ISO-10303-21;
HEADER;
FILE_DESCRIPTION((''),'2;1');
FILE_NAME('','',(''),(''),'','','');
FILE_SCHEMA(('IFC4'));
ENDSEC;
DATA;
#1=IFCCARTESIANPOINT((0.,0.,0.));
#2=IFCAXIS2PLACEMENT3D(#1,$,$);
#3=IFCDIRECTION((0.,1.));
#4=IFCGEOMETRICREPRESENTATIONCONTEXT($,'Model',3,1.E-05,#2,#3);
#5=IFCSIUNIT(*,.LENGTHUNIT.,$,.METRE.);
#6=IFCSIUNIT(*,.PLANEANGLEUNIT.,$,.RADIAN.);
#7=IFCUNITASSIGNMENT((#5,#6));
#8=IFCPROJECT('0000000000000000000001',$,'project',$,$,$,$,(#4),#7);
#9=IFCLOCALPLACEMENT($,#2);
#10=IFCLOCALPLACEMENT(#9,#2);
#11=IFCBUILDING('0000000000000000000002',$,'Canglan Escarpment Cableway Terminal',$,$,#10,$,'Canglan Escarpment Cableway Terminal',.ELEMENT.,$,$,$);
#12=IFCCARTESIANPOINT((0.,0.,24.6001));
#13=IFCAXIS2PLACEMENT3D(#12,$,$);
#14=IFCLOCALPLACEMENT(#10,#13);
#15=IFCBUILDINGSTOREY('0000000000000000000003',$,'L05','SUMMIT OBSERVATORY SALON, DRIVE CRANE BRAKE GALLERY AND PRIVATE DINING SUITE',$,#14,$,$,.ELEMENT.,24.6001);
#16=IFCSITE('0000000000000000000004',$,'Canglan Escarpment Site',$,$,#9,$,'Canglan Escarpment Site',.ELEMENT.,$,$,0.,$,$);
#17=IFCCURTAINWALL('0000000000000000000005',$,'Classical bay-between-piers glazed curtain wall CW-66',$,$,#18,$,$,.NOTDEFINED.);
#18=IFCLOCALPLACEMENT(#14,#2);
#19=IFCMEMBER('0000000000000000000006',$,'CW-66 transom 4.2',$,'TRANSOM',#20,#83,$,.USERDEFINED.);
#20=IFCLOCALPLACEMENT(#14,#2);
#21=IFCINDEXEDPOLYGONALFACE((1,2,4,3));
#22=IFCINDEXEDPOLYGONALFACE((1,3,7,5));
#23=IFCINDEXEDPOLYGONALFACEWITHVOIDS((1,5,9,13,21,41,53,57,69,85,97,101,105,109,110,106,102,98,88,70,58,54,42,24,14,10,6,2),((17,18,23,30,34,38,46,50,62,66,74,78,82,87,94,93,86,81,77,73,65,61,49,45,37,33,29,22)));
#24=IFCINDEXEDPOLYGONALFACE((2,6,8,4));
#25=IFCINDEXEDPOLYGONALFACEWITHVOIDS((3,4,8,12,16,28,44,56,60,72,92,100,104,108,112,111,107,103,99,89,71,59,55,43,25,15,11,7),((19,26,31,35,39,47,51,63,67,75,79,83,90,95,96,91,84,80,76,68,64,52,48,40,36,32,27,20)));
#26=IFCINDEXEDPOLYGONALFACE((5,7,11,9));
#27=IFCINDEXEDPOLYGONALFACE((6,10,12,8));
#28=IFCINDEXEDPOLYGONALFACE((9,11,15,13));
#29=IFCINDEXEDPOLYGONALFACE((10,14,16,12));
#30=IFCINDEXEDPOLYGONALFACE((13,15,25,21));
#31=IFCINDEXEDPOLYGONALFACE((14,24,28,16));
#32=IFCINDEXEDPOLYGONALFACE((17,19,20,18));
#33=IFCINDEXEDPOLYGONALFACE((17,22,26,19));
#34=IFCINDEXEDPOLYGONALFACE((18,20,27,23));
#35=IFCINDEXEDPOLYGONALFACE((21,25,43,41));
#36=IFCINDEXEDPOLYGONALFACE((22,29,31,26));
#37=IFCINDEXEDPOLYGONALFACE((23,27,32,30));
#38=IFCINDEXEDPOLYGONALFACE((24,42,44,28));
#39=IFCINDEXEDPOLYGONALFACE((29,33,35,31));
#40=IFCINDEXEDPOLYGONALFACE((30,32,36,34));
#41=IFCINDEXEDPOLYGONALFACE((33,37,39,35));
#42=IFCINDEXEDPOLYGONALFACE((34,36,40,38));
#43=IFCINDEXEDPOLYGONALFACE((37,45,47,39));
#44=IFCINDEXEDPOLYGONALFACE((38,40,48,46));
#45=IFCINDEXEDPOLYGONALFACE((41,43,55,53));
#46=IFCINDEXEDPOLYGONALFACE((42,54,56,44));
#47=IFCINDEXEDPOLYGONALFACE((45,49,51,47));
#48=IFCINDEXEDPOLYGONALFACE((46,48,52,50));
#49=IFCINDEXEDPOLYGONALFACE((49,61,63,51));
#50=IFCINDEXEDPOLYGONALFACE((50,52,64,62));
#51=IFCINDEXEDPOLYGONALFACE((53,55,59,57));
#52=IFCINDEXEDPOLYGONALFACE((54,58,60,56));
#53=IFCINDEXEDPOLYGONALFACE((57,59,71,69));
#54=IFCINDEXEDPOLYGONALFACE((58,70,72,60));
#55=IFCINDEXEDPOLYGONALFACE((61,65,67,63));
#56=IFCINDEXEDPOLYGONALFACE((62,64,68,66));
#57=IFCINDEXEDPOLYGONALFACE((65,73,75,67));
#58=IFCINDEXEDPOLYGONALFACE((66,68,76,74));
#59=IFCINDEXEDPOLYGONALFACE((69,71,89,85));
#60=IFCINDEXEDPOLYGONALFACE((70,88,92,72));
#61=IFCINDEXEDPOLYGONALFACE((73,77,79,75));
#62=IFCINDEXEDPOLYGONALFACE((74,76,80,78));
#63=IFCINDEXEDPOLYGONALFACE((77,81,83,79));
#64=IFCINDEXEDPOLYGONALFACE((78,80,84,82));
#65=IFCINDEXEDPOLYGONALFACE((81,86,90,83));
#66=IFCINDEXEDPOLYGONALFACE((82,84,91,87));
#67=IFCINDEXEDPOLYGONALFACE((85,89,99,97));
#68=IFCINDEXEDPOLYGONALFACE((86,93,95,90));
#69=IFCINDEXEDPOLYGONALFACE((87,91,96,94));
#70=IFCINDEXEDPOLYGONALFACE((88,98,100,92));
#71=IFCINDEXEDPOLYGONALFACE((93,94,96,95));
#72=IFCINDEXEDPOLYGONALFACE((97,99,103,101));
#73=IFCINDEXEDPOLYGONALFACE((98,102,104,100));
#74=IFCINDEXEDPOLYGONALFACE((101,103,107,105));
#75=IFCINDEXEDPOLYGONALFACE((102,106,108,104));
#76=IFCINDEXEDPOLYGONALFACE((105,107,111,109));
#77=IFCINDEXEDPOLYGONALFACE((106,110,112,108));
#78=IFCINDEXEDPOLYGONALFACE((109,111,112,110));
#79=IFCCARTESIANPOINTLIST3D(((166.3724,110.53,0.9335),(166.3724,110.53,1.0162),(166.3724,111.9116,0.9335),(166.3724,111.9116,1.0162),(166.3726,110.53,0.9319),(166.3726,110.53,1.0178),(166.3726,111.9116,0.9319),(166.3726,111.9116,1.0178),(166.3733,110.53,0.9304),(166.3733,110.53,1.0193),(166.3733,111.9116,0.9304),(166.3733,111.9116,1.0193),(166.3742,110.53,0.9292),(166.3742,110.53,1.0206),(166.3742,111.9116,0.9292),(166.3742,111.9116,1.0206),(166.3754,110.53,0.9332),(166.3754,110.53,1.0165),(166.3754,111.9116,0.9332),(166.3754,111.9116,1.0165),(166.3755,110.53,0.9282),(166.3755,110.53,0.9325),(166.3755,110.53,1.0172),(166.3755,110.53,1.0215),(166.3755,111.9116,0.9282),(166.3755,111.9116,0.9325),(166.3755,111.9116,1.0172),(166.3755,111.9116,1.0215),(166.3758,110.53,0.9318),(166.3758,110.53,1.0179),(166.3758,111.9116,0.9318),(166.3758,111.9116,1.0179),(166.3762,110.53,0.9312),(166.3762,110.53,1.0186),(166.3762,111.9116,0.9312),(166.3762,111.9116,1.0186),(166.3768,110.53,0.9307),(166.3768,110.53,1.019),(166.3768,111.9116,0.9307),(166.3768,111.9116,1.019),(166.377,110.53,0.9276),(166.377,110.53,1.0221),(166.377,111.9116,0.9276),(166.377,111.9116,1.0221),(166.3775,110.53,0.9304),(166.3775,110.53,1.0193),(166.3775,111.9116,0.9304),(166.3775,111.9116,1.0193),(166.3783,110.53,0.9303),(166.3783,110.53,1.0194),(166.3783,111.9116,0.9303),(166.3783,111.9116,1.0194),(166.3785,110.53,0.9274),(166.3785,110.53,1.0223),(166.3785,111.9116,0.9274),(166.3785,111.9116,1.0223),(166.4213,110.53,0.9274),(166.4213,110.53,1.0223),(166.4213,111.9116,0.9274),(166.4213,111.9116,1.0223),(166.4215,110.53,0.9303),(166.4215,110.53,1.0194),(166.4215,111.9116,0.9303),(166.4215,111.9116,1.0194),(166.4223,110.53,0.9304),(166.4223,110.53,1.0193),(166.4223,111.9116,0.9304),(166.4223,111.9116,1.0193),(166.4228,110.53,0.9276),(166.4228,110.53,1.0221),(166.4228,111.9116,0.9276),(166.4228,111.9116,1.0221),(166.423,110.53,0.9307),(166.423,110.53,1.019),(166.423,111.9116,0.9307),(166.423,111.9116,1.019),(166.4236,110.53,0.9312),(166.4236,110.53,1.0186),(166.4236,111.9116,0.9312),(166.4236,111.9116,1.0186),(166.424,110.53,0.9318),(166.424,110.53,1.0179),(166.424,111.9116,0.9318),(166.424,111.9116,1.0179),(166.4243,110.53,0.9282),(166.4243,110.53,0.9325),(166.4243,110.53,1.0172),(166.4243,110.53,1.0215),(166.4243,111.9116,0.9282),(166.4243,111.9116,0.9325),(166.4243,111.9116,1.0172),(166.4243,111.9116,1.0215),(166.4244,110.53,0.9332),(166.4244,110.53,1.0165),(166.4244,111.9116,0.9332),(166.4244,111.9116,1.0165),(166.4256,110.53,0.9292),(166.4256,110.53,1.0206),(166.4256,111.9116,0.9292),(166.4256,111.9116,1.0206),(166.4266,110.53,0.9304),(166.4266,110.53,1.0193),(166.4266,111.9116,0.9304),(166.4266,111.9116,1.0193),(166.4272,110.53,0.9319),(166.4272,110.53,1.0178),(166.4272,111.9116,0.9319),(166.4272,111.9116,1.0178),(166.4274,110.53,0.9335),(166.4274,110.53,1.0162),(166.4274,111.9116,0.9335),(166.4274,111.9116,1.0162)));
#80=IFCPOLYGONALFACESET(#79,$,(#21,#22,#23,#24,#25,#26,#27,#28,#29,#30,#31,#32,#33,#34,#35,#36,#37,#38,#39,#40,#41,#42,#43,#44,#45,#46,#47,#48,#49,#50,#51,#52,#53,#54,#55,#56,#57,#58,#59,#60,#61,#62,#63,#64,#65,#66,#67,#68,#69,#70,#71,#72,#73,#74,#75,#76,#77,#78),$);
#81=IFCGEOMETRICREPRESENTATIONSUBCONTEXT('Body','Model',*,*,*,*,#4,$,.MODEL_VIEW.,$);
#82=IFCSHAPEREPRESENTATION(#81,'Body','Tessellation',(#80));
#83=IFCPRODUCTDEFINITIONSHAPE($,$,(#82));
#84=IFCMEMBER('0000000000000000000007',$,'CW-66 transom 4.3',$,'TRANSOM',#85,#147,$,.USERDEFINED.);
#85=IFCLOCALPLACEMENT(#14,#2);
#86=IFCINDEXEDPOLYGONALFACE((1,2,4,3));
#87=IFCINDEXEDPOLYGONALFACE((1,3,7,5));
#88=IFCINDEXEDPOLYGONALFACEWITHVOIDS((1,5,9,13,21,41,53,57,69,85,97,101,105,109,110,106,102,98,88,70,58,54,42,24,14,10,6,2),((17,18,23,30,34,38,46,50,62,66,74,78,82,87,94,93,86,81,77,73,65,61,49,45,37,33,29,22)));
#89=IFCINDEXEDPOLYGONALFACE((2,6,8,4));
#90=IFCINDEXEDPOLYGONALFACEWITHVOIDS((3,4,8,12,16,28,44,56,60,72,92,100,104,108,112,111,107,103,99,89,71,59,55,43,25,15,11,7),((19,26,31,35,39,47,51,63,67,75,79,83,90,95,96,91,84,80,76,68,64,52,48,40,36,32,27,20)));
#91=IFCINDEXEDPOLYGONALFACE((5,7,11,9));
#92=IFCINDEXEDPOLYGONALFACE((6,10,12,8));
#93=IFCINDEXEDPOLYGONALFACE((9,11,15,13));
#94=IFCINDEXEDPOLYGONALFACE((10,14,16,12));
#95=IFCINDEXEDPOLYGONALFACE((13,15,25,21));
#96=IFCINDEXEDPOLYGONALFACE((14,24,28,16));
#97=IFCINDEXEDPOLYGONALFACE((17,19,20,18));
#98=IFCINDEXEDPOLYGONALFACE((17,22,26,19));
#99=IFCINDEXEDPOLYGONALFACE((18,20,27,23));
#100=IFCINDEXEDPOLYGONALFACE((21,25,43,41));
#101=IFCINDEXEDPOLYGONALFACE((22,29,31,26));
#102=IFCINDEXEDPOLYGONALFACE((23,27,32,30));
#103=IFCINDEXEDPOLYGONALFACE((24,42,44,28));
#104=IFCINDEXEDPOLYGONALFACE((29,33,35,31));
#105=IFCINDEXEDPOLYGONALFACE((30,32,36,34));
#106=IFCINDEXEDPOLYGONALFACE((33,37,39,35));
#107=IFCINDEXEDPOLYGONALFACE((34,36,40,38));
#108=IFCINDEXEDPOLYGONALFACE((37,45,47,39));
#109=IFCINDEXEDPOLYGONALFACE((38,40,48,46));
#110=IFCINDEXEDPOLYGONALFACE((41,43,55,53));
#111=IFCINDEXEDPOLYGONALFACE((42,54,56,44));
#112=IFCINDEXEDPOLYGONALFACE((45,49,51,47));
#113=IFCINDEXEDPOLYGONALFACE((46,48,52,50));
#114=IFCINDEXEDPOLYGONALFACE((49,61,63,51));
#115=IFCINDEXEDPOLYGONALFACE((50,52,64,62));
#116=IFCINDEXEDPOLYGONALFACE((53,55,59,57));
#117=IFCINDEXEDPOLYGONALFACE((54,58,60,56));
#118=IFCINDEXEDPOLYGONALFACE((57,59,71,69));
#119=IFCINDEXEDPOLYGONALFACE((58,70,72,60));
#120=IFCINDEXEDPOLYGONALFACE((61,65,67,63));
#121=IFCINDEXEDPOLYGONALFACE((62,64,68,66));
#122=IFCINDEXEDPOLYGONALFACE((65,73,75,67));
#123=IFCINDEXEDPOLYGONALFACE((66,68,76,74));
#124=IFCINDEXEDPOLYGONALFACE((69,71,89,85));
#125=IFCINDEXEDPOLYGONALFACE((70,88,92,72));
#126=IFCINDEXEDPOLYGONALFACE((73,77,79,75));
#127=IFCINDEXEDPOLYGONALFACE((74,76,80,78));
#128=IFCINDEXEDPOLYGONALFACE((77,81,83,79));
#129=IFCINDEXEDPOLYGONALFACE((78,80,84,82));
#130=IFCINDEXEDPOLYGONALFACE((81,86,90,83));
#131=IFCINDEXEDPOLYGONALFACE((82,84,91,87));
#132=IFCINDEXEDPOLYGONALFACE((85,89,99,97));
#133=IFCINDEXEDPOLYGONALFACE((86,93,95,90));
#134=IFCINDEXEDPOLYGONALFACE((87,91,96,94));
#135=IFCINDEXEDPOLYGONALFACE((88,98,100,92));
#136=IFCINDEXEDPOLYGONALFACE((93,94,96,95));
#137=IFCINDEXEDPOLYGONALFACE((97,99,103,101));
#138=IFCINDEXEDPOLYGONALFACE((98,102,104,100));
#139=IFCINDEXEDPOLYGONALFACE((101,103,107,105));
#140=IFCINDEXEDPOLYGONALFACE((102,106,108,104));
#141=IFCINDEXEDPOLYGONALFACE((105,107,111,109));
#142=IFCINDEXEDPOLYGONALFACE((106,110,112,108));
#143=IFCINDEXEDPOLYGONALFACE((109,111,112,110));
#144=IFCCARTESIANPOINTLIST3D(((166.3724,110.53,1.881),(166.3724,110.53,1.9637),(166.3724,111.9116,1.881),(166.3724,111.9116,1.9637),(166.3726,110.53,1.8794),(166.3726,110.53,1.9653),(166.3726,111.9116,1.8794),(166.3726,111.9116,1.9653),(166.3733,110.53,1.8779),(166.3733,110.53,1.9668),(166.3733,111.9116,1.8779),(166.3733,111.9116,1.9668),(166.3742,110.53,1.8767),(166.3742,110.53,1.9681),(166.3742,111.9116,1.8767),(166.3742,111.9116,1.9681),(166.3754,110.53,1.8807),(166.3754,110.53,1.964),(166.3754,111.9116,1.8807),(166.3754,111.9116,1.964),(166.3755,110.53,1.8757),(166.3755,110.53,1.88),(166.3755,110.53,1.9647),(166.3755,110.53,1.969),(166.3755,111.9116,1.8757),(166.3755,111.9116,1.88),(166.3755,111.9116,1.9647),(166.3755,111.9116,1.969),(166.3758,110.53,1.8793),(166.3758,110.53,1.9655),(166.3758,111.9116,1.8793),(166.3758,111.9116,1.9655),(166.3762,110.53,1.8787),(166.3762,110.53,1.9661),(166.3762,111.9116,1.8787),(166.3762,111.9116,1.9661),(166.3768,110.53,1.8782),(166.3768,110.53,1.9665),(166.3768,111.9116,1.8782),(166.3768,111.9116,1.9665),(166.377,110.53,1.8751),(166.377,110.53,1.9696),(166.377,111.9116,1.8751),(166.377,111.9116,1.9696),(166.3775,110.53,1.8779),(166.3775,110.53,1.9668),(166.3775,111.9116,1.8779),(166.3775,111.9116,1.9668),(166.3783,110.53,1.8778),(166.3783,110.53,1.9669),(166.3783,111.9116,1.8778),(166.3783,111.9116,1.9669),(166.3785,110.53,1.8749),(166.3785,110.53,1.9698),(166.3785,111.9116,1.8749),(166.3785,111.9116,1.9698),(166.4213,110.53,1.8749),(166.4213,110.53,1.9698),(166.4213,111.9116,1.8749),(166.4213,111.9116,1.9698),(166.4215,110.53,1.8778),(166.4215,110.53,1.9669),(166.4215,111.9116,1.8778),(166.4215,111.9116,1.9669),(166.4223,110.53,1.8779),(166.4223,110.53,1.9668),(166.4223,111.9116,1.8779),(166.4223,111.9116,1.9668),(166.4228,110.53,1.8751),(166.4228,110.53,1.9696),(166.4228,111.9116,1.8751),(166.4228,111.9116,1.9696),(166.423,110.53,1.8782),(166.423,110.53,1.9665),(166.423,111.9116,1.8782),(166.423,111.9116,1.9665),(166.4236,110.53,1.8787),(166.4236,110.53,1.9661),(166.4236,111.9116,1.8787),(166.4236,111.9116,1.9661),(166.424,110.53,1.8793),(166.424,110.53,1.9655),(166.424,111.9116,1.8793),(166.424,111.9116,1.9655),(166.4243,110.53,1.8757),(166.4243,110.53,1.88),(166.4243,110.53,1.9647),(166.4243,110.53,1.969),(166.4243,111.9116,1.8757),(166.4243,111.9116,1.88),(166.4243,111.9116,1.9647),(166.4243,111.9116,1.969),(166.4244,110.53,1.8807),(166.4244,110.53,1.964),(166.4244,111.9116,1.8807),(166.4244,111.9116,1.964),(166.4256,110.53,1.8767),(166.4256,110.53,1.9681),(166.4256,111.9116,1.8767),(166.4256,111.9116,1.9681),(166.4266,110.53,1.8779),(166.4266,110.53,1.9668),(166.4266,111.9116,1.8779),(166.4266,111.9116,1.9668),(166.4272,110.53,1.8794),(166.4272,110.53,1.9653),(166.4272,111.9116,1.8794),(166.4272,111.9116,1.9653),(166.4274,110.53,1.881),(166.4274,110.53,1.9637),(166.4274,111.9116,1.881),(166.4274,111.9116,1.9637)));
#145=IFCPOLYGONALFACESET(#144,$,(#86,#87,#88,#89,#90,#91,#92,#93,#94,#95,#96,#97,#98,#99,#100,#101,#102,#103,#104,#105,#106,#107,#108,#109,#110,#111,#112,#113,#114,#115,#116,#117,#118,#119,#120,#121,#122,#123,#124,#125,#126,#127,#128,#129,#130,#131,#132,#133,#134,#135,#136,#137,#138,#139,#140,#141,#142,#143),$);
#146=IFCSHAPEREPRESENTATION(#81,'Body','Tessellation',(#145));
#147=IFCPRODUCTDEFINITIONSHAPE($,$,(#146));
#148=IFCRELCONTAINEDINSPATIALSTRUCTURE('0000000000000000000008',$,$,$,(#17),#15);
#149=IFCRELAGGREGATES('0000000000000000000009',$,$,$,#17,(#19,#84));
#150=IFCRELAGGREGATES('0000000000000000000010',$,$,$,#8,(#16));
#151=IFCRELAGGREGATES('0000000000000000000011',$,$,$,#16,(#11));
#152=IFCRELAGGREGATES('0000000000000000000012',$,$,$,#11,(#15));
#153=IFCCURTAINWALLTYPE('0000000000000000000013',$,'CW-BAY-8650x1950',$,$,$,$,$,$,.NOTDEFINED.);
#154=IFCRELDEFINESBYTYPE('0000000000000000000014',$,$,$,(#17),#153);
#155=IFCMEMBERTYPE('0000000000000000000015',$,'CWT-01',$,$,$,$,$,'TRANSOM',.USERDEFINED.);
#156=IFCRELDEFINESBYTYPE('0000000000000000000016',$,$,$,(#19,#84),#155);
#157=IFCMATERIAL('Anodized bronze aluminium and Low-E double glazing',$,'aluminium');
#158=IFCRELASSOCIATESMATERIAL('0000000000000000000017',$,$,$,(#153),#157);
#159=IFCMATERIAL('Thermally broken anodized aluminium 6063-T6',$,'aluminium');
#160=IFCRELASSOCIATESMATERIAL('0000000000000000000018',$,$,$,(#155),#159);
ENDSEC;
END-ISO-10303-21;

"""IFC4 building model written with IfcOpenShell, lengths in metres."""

from ifc_helpers import new_model, si_unit, direction, frame, origin, origin_2d, place, context, subcontext, project, spatial, hollow_rectangle, extrude, material, material_profile, profile_set, type_object, element, aggregate, save


model = new_model("IFC4")

# Units and contexts
model_context = context("Model", 3, precision=1e-05, world=origin(), true_north=direction((0.0, 1.0)))
body_context = subcontext(model_context, "Body", "Model", "MODEL_VIEW")
ifc_project = project(units=[si_unit("LENGTHUNIT", "METRE"), si_unit("PLANEANGLEUNIT", "RADIAN")], contexts=[model_context])

# Site, building, storey
site_placement = place(None, origin())
site = spatial("IfcSite", under=ifc_project, at=site_placement, Name="Canglan Escarpment Site", LongName="Canglan Escarpment Site", CompositionType="ELEMENT", RefElevation=0.0)
building_placement = place(site_placement, origin())
building = spatial("IfcBuilding", under=site, at=building_placement, Name="Canglan Escarpment Cableway Terminal", LongName="Canglan Escarpment Cableway Terminal", CompositionType="ELEMENT")
storey_placement = place(building_placement, frame((0.0, 0.0, 24.6001)))
storey = spatial("IfcBuildingStorey", under=building, at=storey_placement, Name="L05", Description="SUMMIT OBSERVATORY SALON, DRIVE CRANE BRAKE GALLERY AND PRIVATE DINING SUITE", CompositionType="ELEMENT", Elevation=24.6001)

# Curtain wall
ifc_material_1 = material(Name="Anodized bronze aluminium and Low-E double glazing", Category="aluminium")
curtain_wall_type = type_object("IfcCurtainWallType", Name="CW-BAY-8650x1950", PredefinedType="NOTDEFINED", material=ifc_material_1)
curtain_wall_1_placement = place(storey_placement, origin())
curtain_wall_1 = element("IfcCurtainWall", 1, at=curtain_wall_1_placement, inside=storey, type_object=curtain_wall_type, Name="Classical bay-between-piers glazed curtain wall CW-66", PredefinedType="NOTDEFINED")
ifc_material_2 = material(Name="Thermally broken anodized aluminium 6063-T6", Category="aluminium")

# Members
ifc_material_profile_1 = material_profile(ifc_material_2, hollow_rectangle(XDim=0.0549, YDim=0.095, WallThickness=0.0029, InnerFilletRadius=0.0029, OuterFilletRadius=0.0061, at=origin_2d()), Name="ALU-TRAN 55x95x3")
ifc_profile_set_1 = profile_set([ifc_material_profile_1], Name="Thermally broken anodized aluminium 6063-T6")
member_type_1 = type_object("IfcMemberType", Name="CWT-01", ElementType="TRANSOM", PredefinedType="USERDEFINED", material=ifc_profile_set_1)
member_1_placement = place(storey_placement, frame((166.3999, 110.53, 0.9749), z_axis=(0.0, 1.0, 0.0), x_axis=(-1.0, 0.0, 0.0)))
member_1 = element("IfcMember", 2, at=member_1_placement, type_object=member_type_1, Name="CW-66 transom 4.2", ObjectType="TRANSOM", PredefinedType="USERDEFINED", context=body_context, shape_type="SweptSolid", body=[
    extrude(hollow_rectangle(XDim=0.0549, YDim=0.095, WallThickness=0.0029, InnerFilletRadius=0.0029, OuterFilletRadius=0.0061, at=origin_2d()), origin(), (0.0, 0.0, 1.0), 1.3816),
])
member_2_placement = place(storey_placement, frame((166.3999, 110.53, 1.9224), z_axis=(0.0, 1.0, 0.0), x_axis=(-1.0, 0.0, 0.0)))
member_2 = element("IfcMember", 3, at=member_2_placement, type_object=member_type_1, Name="CW-66 transom 4.3", ObjectType="TRANSOM", PredefinedType="USERDEFINED", context=body_context, shape_type="SweptSolid", body=[
    extrude(hollow_rectangle(XDim=0.0549, YDim=0.095, WallThickness=0.0029, InnerFilletRadius=0.0029, OuterFilletRadius=0.0061, at=origin_2d()), origin(), (0.0, 0.0, 1.0), 1.3816),
])

aggregate(curtain_wall_1, [member_1, member_2])

save(model, "model.ifc")
